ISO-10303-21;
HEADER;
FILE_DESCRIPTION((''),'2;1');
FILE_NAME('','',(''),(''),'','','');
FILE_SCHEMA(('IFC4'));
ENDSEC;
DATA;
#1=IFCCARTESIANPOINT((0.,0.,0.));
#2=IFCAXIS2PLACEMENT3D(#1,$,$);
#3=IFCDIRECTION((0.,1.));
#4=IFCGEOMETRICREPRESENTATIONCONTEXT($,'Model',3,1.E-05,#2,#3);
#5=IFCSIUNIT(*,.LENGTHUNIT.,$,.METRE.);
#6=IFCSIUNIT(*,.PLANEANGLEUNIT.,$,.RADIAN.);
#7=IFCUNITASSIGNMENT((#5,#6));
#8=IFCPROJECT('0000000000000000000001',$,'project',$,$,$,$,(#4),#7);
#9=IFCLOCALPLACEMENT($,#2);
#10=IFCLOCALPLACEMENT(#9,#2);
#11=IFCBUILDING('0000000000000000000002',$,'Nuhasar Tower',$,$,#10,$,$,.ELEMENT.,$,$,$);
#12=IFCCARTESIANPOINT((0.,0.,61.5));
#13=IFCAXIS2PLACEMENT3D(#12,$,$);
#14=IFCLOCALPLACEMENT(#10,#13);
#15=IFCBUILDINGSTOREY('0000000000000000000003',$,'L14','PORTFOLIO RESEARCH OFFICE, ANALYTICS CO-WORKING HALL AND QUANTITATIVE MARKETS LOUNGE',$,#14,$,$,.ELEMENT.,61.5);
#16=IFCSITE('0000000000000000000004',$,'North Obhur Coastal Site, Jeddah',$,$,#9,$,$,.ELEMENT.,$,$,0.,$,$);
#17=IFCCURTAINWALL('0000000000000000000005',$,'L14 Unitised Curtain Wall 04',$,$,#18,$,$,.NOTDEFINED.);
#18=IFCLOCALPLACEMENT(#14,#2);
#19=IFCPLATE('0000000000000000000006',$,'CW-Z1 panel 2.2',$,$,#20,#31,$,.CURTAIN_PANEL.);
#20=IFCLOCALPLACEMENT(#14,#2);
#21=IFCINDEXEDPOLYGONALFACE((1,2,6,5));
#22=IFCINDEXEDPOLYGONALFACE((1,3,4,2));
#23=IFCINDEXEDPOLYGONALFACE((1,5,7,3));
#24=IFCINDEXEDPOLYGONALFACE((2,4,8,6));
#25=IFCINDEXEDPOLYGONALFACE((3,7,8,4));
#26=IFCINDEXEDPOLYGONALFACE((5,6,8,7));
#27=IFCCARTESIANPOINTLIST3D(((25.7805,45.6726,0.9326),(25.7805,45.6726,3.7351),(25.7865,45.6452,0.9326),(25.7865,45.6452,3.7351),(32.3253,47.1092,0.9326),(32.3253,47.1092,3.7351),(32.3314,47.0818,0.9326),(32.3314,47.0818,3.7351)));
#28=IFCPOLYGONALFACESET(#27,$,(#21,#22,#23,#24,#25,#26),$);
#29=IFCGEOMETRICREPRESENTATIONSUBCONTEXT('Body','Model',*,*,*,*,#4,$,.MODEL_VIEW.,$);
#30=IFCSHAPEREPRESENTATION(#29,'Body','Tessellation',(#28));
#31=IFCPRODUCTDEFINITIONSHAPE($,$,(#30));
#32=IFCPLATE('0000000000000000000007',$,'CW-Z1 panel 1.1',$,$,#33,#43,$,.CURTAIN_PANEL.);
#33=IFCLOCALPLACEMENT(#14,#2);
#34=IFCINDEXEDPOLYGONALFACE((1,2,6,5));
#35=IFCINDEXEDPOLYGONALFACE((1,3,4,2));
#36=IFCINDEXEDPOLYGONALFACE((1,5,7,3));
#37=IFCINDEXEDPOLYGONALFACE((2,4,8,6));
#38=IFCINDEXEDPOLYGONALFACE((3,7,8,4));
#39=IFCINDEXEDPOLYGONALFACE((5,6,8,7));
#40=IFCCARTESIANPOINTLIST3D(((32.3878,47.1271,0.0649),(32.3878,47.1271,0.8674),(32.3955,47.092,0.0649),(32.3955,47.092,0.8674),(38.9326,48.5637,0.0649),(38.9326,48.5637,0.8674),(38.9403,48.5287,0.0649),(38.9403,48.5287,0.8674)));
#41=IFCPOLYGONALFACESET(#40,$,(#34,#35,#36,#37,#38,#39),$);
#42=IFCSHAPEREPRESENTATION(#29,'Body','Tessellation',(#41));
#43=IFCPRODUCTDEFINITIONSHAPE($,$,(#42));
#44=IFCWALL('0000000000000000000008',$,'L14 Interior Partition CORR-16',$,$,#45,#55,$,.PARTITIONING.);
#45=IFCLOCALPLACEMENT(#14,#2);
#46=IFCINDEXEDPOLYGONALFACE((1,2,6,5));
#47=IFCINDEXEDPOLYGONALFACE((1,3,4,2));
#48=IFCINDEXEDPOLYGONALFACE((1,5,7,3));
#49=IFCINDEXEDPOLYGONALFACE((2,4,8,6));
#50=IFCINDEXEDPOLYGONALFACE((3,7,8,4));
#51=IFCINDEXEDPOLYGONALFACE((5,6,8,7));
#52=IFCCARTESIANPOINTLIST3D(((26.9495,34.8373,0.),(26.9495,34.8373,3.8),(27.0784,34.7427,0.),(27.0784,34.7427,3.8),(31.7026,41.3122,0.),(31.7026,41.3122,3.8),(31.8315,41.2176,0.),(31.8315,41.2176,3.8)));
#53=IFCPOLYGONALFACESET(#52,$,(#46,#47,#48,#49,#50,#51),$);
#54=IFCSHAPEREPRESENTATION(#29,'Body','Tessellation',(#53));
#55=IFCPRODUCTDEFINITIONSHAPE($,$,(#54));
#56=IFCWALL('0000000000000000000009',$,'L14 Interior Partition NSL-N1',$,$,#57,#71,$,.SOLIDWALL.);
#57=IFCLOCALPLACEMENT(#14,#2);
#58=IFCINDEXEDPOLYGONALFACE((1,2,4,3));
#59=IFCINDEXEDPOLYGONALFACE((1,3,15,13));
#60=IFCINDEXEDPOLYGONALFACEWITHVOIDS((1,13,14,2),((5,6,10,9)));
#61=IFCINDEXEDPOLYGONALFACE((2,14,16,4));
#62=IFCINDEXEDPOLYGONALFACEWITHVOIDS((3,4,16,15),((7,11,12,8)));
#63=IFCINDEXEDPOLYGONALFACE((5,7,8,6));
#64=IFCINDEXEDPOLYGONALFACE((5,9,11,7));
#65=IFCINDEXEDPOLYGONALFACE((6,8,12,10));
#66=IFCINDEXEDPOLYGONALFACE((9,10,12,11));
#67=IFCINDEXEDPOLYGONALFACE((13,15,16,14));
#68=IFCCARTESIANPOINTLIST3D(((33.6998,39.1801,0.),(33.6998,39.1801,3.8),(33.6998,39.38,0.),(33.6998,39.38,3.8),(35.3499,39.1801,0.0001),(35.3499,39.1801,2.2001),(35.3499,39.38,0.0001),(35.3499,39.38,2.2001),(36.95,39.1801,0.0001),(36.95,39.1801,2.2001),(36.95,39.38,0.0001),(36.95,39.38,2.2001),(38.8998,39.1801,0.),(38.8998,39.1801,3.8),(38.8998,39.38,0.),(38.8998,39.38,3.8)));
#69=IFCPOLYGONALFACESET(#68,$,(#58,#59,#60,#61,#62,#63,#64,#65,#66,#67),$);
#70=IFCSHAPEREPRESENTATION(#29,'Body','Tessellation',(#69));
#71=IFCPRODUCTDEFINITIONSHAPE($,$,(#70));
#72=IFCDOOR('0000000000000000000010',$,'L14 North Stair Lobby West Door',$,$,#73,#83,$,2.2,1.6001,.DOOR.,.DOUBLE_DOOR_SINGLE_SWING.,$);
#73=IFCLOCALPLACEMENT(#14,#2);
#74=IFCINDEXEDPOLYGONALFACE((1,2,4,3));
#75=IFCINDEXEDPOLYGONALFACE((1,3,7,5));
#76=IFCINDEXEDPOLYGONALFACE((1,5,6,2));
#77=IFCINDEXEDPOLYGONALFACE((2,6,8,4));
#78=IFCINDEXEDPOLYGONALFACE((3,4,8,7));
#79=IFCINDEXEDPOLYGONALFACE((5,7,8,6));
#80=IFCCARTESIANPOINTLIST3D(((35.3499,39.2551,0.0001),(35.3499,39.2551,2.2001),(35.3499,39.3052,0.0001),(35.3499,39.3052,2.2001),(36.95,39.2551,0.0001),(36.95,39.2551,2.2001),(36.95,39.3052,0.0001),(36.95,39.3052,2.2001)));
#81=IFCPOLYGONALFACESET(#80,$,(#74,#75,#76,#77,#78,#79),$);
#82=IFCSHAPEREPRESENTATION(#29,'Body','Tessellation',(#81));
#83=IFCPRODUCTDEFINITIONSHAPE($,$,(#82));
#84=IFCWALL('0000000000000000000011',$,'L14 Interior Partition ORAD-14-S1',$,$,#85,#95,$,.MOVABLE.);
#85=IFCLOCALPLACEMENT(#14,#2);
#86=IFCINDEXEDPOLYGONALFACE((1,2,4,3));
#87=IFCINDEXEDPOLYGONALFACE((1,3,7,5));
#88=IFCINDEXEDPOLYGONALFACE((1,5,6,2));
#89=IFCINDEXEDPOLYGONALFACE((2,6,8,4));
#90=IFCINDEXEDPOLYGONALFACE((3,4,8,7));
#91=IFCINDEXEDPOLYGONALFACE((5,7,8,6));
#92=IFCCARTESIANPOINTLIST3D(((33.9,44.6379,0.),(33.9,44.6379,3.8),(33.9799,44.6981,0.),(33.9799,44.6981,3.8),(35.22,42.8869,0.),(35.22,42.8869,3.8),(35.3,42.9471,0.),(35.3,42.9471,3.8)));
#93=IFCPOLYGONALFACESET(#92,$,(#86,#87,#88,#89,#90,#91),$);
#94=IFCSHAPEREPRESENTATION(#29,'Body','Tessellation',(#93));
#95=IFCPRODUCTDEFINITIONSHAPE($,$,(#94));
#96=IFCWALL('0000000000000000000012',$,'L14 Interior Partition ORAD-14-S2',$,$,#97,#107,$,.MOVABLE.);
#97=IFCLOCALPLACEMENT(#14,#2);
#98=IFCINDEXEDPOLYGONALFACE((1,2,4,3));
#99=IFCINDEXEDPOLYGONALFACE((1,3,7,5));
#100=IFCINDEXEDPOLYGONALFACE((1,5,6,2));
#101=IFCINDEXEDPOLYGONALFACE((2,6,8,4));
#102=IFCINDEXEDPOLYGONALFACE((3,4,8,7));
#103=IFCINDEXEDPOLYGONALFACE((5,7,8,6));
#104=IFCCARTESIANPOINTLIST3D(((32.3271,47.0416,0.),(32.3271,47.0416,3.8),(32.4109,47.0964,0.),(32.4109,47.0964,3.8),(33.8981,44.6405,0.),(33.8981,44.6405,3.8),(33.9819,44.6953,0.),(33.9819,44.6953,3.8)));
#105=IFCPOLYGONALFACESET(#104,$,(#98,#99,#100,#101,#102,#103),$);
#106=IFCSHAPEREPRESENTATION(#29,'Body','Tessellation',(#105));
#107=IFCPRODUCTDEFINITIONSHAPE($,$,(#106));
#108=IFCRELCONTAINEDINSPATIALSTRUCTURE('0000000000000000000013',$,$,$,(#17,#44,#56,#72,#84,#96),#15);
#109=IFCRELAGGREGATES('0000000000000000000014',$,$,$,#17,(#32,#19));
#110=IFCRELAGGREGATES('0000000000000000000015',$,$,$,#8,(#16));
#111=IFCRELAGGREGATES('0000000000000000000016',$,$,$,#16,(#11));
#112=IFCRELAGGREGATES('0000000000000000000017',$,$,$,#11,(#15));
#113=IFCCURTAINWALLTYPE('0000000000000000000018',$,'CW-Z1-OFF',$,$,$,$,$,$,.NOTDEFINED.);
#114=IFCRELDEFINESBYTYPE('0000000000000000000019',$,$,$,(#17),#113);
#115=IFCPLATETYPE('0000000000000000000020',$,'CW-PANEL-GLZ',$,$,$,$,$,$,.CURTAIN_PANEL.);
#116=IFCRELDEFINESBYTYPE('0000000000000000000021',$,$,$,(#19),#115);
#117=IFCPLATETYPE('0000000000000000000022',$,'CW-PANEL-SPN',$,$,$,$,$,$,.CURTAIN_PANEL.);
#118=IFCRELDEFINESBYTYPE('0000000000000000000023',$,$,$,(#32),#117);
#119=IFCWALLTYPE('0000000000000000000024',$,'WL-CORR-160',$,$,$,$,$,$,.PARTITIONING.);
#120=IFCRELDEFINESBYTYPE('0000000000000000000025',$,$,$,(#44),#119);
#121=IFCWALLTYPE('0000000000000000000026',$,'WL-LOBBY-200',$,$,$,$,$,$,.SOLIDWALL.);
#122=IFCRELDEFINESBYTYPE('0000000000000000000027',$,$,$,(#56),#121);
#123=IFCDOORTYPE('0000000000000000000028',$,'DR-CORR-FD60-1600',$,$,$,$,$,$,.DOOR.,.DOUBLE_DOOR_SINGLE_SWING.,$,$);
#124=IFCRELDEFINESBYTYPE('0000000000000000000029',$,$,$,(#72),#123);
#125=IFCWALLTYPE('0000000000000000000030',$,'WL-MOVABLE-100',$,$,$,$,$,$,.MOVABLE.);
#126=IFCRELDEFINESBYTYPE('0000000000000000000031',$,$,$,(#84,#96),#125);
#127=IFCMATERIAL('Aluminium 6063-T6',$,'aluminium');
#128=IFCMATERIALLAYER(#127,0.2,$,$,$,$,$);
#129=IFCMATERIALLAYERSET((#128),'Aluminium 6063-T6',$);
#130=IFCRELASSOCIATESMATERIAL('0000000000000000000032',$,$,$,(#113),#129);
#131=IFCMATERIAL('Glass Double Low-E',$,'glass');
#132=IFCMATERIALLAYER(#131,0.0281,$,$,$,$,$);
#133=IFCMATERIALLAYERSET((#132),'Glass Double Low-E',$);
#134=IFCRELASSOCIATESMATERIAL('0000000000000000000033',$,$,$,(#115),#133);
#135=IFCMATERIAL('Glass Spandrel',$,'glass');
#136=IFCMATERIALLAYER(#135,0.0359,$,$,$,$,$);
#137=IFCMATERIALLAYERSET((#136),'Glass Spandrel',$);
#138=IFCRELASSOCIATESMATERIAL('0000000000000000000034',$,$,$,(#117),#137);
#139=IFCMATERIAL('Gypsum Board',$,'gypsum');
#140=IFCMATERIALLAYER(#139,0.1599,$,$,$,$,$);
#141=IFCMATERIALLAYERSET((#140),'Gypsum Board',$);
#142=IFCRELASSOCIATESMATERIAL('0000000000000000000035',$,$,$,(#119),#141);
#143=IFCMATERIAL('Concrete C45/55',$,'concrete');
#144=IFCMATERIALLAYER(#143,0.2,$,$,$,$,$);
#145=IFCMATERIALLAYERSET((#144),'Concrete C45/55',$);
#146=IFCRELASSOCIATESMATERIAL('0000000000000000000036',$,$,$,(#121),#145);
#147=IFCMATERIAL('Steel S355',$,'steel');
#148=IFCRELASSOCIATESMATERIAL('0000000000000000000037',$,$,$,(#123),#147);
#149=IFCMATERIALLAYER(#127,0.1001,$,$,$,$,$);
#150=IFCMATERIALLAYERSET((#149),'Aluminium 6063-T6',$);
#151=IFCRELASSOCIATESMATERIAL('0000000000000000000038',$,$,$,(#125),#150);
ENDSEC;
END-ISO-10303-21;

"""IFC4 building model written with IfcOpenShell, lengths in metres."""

from ifc_helpers import new_model, si_unit, direction, frame, frame_2d, origin, origin_2d, place, context, subcontext, project, spatial, rectangle, extrude, material, layer, layer_set, type_object, element, fill, aggregate, save


model = new_model("IFC4")

# Units and contexts
model_context = context("Model", 3, precision=1e-05, world=origin(), true_north=direction((0.0, 1.0)))
body_context = subcontext(model_context, "Body", "Model", "MODEL_VIEW")
ifc_project = project(units=[si_unit("LENGTHUNIT", "METRE"), si_unit("PLANEANGLEUNIT", "RADIAN")], contexts=[model_context])

# Site, building, storey
site_placement = place(None, origin())
site = spatial("IfcSite", under=ifc_project, at=site_placement, Name="North Obhur Coastal Site, Jeddah", CompositionType="ELEMENT", RefElevation=0.0)
building_placement = place(site_placement, origin())
building = spatial("IfcBuilding", under=site, at=building_placement, Name="Nuhasar Tower", CompositionType="ELEMENT")
storey_placement = place(building_placement, frame((0.0, 0.0, 61.5)))
storey = spatial("IfcBuildingStorey", under=building, at=storey_placement, Name="L14", Description="PORTFOLIO RESEARCH OFFICE, ANALYTICS CO-WORKING HALL AND QUANTITATIVE MARKETS LOUNGE", CompositionType="ELEMENT", Elevation=61.5)

# Shared definitions
ifc_material_1 = material(Name="Steel S355", Category="steel")

# Curtain wall
ifc_material_2 = material(Name="Aluminium 6063-T6", Category="aluminium")
ifc_layer_1 = layer(ifc_material_2, 0.2)
ifc_layer_set_1 = layer_set([ifc_layer_1], Name="Aluminium 6063-T6")
curtain_wall_type = type_object("IfcCurtainWallType", Name="CW-Z1-OFF", PredefinedType="NOTDEFINED", material=ifc_layer_set_1)
curtain_wall_placement = place(storey_placement, origin())
curtain_wall = element("IfcCurtainWall", 1, at=curtain_wall_placement, inside=storey, type_object=curtain_wall_type, Name="L14 Unitised Curtain Wall 04", PredefinedType="NOTDEFINED")

# Plates
ifc_material_3 = material(Name="Glass Double Low-E", Category="glass")
ifc_layer_2 = layer(ifc_material_3, 0.0281)
ifc_layer_set_2 = layer_set([ifc_layer_2], Name="Glass Double Low-E")
plate_type_1 = type_object("IfcPlateType", Name="CW-PANEL-GLZ", PredefinedType="CURTAIN_PANEL", material=ifc_layer_set_2)
plate_1_placement = place(storey_placement, frame((29.0559, 46.3772, 0.9326), z_axis=(0.0, 0.0, 1.0), x_axis=(-0.976746, -0.214399, 0.0)))
plate_1 = element("IfcPlate", 2, at=plate_1_placement, type_object=plate_type_1, Name="CW-Z1 panel 2.2", PredefinedType="CURTAIN_PANEL", context=body_context, shape_type="SweptSolid", body=[
    extrude(rectangle(XDim=6.7007, YDim=0.0281, at=origin_2d()), origin(), (0.0, 0.0, 1.0), 2.8025),
])
ifc_material_4 = material(Name="Glass Spandrel", Category="glass")
ifc_layer_3 = layer(ifc_material_4, 0.0359)
ifc_layer_set_3 = layer_set([ifc_layer_3], Name="Glass Spandrel")
plate_type_2 = type_object("IfcPlateType", Name="CW-PANEL-SPN", PredefinedType="CURTAIN_PANEL", material=ifc_layer_set_3)
plate_2_placement = place(storey_placement, frame((35.6641, 47.8279, 0.0649), z_axis=(0.0, 0.0, 1.0), x_axis=(-0.976746, -0.214399, 0.0)))
plate_2 = element("IfcPlate", 3, at=plate_2_placement, type_object=plate_type_2, Name="CW-Z1 panel 1.1", PredefinedType="CURTAIN_PANEL", context=body_context, shape_type="SweptSolid", body=[
    extrude(rectangle(XDim=6.7007, YDim=0.0359, at=origin_2d()), origin(), (0.0, 0.0, 1.0), 0.8025),
])
aggregate(curtain_wall, [plate_2, plate_1])

# Shared definitions
ifc_material_5 = material(Name="Gypsum Board", Category="gypsum")
ifc_layer_4 = layer(ifc_material_5, 0.1599)
ifc_layer_set_4 = layer_set([ifc_layer_4], Name="Gypsum Board")
wall_type_1 = type_object("IfcWallType", Name="WL-CORR-160", PredefinedType="PARTITIONING", material=ifc_layer_set_4)

# Wall
wall_1_placement = place(storey_placement, frame((31.7671, 41.2649, 0.0), z_axis=(0.0, 0.0, 1.0), x_axis=(-0.591764, -0.806111, 0.0)))
element("IfcWall", 4, at=wall_1_placement, inside=storey, type_object=wall_type_1, Name="L14 Interior Partition CORR-16", PredefinedType="PARTITIONING", context=body_context, shape_type="SweptSolid", body=[
    extrude(rectangle(XDim=8.0322, YDim=0.1599, at=frame_2d((4.0161, 0.0))), origin(), (0.0, 0.0, 1.0), 3.8),
])

# Wall, opening, door
ifc_material_6 = material(Name="Concrete C45/55", Category="concrete")
ifc_layer_5 = layer(ifc_material_6, 0.2)
ifc_layer_set_5 = layer_set([ifc_layer_5], Name="Concrete C45/55")
wall_type_2 = type_object("IfcWallType", Name="WL-LOBBY-200", PredefinedType="SOLIDWALL", material=ifc_layer_set_5)
wall_2_placement = place(storey_placement, frame((38.8999, 39.28, 0.0), z_axis=(0.0, 0.0, 1.0), x_axis=(-1.0, 0.0, 0.0)))
wall_2 = element("IfcWall", 5, at=wall_2_placement, inside=storey, type_object=wall_type_2, Name="L14 Interior Partition NSL-N1", PredefinedType="SOLIDWALL", context=body_context, shape_type="SweptSolid", body=[
    extrude(rectangle(XDim=5.2, YDim=0.2, at=frame_2d((2.6001, 0.0))), origin(), (0.0, 0.0, 1.0), 3.8),
])
opening_1_placement = place(wall_2_placement, frame((1.95, 0.0, 0.0)))
opening_1 = element("IfcOpeningElement", 6, at=opening_1_placement, cuts=wall_2, PredefinedType="OPENING", context=body_context, shape_type="SweptSolid", body=[
    extrude(rectangle(XDim=1.6001, YDim=2.2, at=frame_2d((0.8, 1.1001))), frame((0.0, 0.1099, 0.0), z_axis=(0.0, -1.0, 0.0), x_axis=(1.0, 0.0, 0.0)), (0.0, 0.0, 1.0), 0.22),
])
door_type_1 = type_object("IfcDoorType", Name="DR-CORR-FD60-1600", OperationType="DOUBLE_DOOR_SINGLE_SWING", PredefinedType="DOOR", material=ifc_material_1)
door_1_placement = place(opening_1_placement, origin())
door_1 = element("IfcDoor", 7, at=door_1_placement, inside=storey, type_object=door_type_1, Name="L14 North Stair Lobby West Door", OperationType="DOUBLE_DOOR_SINGLE_SWING", OverallHeight=2.2, OverallWidth=1.6001, PredefinedType="DOOR", context=body_context, shape_type="SweptSolid", body=[
    extrude(rectangle(XDim=1.6001, YDim=2.2, at=frame_2d((0.8, 1.1001))), frame((0.0, 0.0249, 0.0), z_axis=(0.0, -1.0, 0.0), x_axis=(1.0, 0.0, 0.0)), (0.0, 0.0, 1.0), 0.05),
])
fill(opening_1, door_1)

# Walls
ifc_layer_6 = layer(ifc_material_2, 0.1001)
ifc_layer_set_6 = layer_set([ifc_layer_6], Name="Aluminium 6063-T6")
wall_type_3 = type_object("IfcWallType", Name="WL-MOVABLE-100", PredefinedType="MOVABLE", material=ifc_layer_set_6)
wall_3_placement = place(storey_placement, frame((35.26, 42.917, 0.0), z_axis=(0.0, 0.0, 1.0), x_axis=(-0.601993, 0.798501, 0.0)))
element("IfcWall", 8, at=wall_3_placement, inside=storey, type_object=wall_type_3, Name="L14 Interior Partition ORAD-14-S1", PredefinedType="MOVABLE", context=body_context, shape_type="SweptSolid", body=[
    extrude(rectangle(XDim=2.1929, YDim=0.1001, at=frame_2d((1.0964, 0.0))), origin(), (0.0, 0.0, 1.0), 3.8),
])
wall_4_placement = place(storey_placement, frame((33.9399, 44.668, 0.0), z_axis=(0.0, 0.0, 1.0), x_axis=(-0.547513, 0.836797, 0.0)))
element("IfcWall", 9, at=wall_4_placement, inside=storey, type_object=wall_type_3, Name="L14 Interior Partition ORAD-14-S2", PredefinedType="MOVABLE", context=body_context, shape_type="SweptSolid", body=[
    extrude(rectangle(XDim=2.8694, YDim=0.1001, at=frame_2d((1.4346, 0.0))), origin(), (0.0, 0.0, 1.0), 3.8),
])

save(model, "model.ifc")
